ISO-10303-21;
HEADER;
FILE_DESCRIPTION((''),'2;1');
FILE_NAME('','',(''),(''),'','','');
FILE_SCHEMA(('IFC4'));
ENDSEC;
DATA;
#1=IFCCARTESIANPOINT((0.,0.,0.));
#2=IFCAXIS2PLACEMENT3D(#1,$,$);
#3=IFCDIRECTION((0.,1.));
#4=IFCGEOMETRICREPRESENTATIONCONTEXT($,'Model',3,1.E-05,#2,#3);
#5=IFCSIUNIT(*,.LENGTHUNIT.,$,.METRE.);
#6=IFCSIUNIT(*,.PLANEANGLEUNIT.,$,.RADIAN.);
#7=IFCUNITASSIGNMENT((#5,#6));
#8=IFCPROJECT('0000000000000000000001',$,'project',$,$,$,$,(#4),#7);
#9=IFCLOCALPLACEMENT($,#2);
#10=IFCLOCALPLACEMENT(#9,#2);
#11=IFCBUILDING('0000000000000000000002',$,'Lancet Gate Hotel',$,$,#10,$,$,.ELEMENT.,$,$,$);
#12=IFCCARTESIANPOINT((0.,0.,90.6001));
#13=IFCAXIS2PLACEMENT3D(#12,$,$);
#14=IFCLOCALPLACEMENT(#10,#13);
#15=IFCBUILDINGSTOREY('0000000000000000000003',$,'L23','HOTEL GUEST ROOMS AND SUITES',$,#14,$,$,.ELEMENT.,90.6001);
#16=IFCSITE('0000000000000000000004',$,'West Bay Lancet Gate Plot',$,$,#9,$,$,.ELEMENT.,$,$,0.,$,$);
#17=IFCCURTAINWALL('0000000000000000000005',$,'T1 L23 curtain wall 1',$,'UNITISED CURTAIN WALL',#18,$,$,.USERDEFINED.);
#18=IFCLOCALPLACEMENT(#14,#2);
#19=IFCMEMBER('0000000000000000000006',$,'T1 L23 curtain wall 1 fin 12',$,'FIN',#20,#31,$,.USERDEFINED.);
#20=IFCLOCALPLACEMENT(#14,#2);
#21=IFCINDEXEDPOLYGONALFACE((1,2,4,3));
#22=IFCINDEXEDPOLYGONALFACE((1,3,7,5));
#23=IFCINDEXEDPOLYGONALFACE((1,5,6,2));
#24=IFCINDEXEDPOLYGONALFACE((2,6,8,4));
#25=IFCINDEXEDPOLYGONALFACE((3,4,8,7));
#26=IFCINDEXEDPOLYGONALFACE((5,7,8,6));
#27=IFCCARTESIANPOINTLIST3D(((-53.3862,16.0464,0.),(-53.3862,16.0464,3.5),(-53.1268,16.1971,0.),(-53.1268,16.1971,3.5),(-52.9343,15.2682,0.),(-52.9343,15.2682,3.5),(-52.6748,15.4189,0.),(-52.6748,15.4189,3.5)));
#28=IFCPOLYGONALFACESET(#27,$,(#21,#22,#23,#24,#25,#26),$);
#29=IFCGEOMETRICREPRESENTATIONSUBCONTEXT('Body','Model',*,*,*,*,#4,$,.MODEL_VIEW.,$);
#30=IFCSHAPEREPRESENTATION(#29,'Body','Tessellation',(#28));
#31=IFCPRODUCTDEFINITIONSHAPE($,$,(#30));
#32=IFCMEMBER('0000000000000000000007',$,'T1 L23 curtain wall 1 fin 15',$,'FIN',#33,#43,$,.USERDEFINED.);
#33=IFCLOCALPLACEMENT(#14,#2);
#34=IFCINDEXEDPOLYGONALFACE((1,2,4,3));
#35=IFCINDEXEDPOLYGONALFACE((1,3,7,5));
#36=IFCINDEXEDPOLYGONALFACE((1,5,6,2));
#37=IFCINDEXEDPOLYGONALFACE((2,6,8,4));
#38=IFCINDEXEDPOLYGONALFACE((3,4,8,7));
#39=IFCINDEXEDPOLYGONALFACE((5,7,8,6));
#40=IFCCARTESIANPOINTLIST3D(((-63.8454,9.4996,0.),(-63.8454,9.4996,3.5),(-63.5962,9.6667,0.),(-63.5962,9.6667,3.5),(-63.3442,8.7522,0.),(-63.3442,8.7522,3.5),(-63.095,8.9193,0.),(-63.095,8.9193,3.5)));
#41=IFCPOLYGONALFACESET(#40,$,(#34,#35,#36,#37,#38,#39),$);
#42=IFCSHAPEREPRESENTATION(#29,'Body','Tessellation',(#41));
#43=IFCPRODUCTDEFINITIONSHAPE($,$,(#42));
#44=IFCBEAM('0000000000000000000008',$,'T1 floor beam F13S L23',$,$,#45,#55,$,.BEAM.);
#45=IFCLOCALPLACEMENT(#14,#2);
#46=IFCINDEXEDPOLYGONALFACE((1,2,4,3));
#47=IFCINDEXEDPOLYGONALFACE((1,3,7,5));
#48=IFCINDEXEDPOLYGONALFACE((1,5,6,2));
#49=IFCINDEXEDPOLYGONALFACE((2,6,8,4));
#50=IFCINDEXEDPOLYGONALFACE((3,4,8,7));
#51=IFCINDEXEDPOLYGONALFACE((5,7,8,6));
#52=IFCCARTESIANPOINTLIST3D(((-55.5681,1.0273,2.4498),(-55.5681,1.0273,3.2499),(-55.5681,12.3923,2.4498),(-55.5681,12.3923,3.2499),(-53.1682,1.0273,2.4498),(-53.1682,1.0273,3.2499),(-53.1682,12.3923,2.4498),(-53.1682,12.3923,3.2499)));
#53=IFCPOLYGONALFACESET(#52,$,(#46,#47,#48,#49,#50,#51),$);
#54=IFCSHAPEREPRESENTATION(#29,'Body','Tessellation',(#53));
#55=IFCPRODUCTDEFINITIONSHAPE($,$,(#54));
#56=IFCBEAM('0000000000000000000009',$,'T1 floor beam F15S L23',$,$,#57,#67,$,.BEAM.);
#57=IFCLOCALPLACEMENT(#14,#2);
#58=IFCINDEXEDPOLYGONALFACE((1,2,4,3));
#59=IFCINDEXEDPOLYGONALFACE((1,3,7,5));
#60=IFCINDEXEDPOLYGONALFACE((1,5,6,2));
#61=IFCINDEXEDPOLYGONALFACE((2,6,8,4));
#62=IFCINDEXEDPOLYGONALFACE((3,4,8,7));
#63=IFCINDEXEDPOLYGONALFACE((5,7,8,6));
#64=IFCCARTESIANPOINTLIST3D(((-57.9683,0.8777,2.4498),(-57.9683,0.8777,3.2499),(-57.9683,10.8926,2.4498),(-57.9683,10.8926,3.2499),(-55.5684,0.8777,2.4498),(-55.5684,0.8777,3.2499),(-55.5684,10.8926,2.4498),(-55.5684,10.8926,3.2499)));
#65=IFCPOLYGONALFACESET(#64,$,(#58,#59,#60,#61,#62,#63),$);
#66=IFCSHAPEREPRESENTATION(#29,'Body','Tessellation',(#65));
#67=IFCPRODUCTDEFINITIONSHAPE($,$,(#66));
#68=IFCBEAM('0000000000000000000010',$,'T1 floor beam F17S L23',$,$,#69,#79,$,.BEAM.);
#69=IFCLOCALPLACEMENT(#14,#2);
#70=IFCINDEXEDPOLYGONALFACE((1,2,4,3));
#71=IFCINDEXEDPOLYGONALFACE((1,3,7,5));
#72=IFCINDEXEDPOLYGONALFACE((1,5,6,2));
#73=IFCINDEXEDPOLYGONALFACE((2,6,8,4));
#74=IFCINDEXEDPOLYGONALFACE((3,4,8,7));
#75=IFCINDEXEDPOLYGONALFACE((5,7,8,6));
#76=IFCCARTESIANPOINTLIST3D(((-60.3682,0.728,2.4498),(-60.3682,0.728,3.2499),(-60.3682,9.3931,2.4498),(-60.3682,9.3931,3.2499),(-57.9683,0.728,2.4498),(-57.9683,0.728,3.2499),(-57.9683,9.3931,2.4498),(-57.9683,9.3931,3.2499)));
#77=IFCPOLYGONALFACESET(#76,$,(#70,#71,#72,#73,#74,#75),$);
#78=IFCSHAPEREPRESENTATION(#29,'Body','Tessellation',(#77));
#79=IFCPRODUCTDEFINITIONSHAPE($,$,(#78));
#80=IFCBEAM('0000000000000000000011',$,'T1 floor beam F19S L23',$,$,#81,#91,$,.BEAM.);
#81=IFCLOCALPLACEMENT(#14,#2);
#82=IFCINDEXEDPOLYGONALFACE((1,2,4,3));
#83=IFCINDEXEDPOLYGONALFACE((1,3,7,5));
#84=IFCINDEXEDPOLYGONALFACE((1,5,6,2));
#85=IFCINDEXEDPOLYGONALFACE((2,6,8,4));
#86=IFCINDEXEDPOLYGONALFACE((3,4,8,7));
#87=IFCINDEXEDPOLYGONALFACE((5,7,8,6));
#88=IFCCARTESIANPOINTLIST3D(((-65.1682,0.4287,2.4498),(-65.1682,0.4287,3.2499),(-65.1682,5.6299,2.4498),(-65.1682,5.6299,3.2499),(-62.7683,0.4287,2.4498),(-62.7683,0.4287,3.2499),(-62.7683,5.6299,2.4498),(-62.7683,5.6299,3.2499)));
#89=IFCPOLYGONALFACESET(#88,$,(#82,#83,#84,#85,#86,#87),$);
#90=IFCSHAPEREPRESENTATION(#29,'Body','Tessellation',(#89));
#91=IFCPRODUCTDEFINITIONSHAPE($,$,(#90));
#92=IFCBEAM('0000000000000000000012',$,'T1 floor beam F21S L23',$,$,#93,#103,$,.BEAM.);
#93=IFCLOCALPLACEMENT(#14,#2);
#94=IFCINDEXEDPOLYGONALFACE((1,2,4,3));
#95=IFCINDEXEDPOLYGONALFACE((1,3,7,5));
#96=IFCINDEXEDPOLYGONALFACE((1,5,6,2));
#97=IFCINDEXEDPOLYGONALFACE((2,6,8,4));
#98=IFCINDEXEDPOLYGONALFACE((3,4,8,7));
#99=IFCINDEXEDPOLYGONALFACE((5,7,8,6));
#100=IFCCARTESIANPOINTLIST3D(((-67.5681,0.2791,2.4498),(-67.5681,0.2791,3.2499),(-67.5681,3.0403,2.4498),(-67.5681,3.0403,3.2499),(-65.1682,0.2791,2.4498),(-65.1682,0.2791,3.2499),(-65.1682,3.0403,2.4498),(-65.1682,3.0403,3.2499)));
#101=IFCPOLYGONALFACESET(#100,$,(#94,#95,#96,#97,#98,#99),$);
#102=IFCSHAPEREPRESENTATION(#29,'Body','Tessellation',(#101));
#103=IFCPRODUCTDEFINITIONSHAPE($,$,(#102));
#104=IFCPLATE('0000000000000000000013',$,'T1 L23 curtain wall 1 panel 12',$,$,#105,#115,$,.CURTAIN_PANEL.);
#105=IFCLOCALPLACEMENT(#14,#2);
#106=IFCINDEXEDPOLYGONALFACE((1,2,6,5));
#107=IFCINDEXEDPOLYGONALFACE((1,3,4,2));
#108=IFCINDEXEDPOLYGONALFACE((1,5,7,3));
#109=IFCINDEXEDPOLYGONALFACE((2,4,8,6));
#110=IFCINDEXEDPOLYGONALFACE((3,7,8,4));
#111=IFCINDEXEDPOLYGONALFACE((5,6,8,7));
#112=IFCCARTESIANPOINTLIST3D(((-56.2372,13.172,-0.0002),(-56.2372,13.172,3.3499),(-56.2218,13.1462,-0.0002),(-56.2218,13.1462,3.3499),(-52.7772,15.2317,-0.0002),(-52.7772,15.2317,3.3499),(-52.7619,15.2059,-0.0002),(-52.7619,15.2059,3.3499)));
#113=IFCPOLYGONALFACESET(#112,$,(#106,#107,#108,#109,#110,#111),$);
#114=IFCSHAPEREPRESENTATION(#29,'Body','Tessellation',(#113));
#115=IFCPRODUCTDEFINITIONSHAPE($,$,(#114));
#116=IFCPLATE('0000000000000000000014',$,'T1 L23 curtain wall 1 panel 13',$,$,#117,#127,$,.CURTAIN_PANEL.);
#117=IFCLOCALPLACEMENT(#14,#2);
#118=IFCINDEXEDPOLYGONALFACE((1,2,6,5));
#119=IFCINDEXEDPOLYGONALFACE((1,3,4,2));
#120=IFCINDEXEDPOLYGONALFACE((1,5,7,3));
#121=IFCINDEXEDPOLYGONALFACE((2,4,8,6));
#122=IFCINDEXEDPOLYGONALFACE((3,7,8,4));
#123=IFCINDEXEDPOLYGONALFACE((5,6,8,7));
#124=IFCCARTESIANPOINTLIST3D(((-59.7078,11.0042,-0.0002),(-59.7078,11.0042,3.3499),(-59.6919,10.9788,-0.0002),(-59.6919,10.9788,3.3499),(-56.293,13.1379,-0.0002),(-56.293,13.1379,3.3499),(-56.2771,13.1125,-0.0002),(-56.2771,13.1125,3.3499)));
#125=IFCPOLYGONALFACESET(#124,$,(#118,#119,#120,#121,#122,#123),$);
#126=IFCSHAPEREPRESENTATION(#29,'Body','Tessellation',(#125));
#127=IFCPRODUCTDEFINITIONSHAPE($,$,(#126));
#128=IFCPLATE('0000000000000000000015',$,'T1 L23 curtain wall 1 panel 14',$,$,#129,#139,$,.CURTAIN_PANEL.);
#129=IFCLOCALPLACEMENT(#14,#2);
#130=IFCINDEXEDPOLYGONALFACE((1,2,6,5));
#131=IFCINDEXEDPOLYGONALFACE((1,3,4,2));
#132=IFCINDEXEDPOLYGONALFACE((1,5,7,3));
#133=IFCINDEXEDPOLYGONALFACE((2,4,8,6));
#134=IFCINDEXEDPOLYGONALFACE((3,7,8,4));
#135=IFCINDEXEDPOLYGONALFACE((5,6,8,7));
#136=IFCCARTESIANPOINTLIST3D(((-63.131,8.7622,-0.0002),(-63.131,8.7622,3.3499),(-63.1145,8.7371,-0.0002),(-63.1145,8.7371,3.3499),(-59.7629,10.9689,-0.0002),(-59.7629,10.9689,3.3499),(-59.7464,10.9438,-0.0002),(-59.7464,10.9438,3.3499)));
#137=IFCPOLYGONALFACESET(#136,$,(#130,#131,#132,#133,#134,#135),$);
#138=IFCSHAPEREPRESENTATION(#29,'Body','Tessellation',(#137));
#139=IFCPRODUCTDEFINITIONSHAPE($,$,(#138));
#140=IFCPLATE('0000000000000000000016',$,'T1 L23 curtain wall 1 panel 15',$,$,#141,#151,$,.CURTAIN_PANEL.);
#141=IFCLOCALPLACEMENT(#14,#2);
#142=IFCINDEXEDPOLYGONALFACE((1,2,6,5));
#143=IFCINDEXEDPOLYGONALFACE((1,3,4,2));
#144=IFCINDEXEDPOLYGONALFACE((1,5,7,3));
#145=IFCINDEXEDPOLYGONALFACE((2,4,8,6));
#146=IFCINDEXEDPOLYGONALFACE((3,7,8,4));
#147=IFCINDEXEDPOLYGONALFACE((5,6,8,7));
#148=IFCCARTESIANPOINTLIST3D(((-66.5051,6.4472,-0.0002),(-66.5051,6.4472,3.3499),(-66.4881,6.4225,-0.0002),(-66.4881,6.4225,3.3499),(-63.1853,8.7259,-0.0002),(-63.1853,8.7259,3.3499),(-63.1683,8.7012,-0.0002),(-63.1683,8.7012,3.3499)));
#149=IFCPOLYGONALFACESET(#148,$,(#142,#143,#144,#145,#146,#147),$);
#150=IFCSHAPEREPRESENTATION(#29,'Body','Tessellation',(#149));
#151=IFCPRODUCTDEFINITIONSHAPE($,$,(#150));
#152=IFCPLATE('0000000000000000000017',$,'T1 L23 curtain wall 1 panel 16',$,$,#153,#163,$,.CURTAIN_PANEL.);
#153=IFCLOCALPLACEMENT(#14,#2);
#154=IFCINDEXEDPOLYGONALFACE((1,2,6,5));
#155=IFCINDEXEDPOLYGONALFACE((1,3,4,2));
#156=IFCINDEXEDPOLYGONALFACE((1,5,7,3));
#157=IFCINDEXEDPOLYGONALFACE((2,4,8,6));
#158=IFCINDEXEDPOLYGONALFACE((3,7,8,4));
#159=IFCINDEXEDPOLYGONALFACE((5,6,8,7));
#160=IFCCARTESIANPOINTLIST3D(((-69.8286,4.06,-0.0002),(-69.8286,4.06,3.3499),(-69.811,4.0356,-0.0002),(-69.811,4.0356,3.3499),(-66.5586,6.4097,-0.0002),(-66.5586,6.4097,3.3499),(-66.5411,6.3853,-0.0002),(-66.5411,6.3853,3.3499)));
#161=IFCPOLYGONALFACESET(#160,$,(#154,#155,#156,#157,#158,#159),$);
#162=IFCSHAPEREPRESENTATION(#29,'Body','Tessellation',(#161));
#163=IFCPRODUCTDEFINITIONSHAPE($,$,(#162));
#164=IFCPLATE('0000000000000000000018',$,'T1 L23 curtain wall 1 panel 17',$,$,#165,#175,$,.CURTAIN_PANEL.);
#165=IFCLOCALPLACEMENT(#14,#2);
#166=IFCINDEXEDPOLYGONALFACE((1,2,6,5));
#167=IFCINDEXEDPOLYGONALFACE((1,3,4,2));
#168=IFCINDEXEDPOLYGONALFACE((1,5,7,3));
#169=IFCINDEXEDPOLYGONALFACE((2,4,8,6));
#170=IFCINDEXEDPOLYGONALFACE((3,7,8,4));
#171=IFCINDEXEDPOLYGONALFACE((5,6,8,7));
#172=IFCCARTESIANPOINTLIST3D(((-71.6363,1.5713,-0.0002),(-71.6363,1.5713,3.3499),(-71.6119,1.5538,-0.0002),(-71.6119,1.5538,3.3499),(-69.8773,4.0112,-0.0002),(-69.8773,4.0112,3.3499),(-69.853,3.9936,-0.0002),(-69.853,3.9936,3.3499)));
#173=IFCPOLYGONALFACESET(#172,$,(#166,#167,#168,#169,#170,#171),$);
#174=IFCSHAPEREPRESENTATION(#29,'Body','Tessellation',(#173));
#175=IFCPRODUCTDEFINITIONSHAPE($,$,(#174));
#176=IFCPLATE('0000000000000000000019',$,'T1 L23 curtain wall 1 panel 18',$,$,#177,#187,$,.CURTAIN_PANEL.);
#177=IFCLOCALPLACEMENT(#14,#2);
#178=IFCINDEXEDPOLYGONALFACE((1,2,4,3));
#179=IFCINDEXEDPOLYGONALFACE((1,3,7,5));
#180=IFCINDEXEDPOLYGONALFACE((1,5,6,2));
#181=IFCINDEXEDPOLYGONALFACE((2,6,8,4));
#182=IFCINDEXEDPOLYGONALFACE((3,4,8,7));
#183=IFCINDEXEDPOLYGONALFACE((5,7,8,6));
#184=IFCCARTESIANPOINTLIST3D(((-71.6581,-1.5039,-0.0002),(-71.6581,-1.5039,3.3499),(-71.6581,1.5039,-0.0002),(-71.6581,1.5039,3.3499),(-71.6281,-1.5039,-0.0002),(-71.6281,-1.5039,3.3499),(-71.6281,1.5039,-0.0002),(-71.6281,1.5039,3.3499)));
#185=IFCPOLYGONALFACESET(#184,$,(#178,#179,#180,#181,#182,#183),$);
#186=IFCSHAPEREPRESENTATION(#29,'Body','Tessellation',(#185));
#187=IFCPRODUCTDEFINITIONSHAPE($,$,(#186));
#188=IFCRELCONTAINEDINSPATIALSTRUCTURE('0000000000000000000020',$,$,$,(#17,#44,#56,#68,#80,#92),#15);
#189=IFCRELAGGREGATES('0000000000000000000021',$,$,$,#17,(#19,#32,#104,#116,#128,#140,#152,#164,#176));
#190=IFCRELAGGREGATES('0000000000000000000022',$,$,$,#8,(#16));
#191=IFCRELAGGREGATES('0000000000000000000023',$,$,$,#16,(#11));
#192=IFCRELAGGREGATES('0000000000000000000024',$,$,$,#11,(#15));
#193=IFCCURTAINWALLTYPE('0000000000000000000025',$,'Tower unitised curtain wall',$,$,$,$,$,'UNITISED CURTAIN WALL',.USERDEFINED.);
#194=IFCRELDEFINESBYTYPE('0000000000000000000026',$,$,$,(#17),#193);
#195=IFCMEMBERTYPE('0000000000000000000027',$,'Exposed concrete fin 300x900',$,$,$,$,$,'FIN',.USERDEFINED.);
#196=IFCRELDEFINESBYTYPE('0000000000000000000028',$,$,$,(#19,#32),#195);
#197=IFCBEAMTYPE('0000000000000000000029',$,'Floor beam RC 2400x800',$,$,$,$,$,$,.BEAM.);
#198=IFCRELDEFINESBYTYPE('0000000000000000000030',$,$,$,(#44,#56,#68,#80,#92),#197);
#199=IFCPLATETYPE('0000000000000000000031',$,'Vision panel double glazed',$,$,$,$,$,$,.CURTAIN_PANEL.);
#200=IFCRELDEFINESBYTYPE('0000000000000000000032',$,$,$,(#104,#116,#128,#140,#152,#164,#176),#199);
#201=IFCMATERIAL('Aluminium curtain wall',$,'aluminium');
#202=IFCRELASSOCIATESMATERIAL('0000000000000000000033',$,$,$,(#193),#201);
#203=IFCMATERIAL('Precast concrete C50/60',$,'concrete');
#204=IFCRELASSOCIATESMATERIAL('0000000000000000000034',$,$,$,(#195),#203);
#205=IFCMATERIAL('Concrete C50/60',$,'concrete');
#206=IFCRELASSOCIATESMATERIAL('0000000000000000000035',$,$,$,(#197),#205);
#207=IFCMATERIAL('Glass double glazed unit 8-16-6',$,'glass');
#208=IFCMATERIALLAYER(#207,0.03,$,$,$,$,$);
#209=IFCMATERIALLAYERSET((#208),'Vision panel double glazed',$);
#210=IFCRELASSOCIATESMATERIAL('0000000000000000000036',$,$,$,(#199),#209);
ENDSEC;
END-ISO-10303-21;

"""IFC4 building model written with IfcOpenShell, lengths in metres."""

from ifc_helpers import new_model, si_unit, direction, frame, origin, origin_2d, place, context, subcontext, project, spatial, rectangle, extrude, material, layer, layer_set, material_profile, profile_set, type_object, element, aggregate, save


model = new_model("IFC4")

# Units and contexts
model_context = context("Model", 3, precision=1e-05, world=origin(), true_north=direction((0.0, 1.0)))
body_context = subcontext(model_context, "Body", "Model", "MODEL_VIEW")
ifc_project = project(units=[si_unit("LENGTHUNIT", "METRE"), si_unit("PLANEANGLEUNIT", "RADIAN")], contexts=[model_context])

# Site, building, storey
site_placement = place(None, origin())
site = spatial("IfcSite", under=ifc_project, at=site_placement, Name="West Bay Lancet Gate Plot", CompositionType="ELEMENT", RefElevation=0.0)
building_placement = place(site_placement, origin())
building = spatial("IfcBuilding", under=site, at=building_placement, Name="Lancet Gate Hotel", CompositionType="ELEMENT")
storey_placement = place(building_placement, frame((0.0, 0.0, 90.6001)))
storey = spatial("IfcBuildingStorey", under=building, at=storey_placement, Name="L23", Description="HOTEL GUEST ROOMS AND SUITES", CompositionType="ELEMENT", Elevation=90.6001)

# Curtain wall
ifc_material_1 = material(Name="Aluminium curtain wall", Category="aluminium")
curtain_wall_type = type_object("IfcCurtainWallType", Name="Tower unitised curtain wall", ElementType="UNITISED CURTAIN WALL", PredefinedType="USERDEFINED", material=ifc_material_1)
curtain_wall_placement = place(storey_placement, origin())
curtain_wall = element("IfcCurtainWall", 1, at=curtain_wall_placement, inside=storey, type_object=curtain_wall_type, Name="T1 L23 curtain wall 1", ObjectType="UNITISED CURTAIN WALL", PredefinedType="USERDEFINED")

# Members
ifc_material_2 = material(Name="Precast concrete C50/60", Category="concrete")
ifc_material_profile_1 = material_profile(ifc_material_2, rectangle(XDim=0.3, YDim=0.8999, at=origin_2d()), Name="FIN 300x900")
ifc_profile_set_1 = profile_set([ifc_material_profile_1], Name="Precast concrete C50/60")
member_type_1 = type_object("IfcMemberType", Name="Exposed concrete fin 300x900", ElementType="FIN", PredefinedType="USERDEFINED", material=ifc_profile_set_1)
member_1_placement = place(storey_placement, frame((-53.0305, 15.7327, 0.0), z_axis=(0.0, 0.0, 1.0), x_axis=(-0.864728, -0.502241, 0.0)))
member_1 = element("IfcMember", 2, at=member_1_placement, type_object=member_type_1, Name="T1 L23 curtain wall 1 fin 12", ObjectType="FIN", PredefinedType="USERDEFINED", context=body_context, shape_type="SweptSolid", body=[
    extrude(rectangle(XDim=0.3, YDim=0.8999, at=origin_2d()), origin(), (0.0, 0.0, 1.0), 3.5),
])
member_2_placement = place(storey_placement, frame((-63.4702, 9.2095, 0.0), z_axis=(0.0, 0.0, 1.0), x_axis=(-0.83051, -0.557004, 0.0)))
member_2 = element("IfcMember", 3, at=member_2_placement, type_object=member_type_1, Name="T1 L23 curtain wall 1 fin 15", ObjectType="FIN", PredefinedType="USERDEFINED", context=body_context, shape_type="SweptSolid", body=[
    extrude(rectangle(XDim=0.3, YDim=0.8999, at=origin_2d()), origin(), (0.0, 0.0, 1.0), 3.5),
])

# Beams
ifc_material_3 = material(Name="Concrete C50/60", Category="concrete")
ifc_material_profile_2 = material_profile(ifc_material_3, rectangle(XDim=2.3999, YDim=0.8, at=origin_2d()), Name="RC 2400x800")
ifc_profile_set_2 = profile_set([ifc_material_profile_2], Name="Concrete C50/60")
beam_type_1 = type_object("IfcBeamType", Name="Floor beam RC 2400x800", PredefinedType="BEAM", material=ifc_profile_set_2)
beam_1_placement = place(storey_placement, frame((-54.3682, 12.3923, 2.8499), z_axis=(0.0, -1.0, 0.0), x_axis=(1.0, 0.0, 0.0)))
element("IfcBeam", 4, at=beam_1_placement, inside=storey, type_object=beam_type_1, Name="T1 floor beam F13S L23", PredefinedType="BEAM", context=body_context, shape_type="SweptSolid", body=[
    extrude(rectangle(XDim=2.3999, YDim=0.8, at=origin_2d()), origin(), (0.0, 0.0, 1.0), 11.365),
])
beam_2_placement = place(storey_placement, frame((-56.7683, 10.8926, 2.8499), z_axis=(0.0, -1.0, 0.0), x_axis=(1.0, 0.0, 0.0)))
element("IfcBeam", 5, at=beam_2_placement, inside=storey, type_object=beam_type_1, Name="T1 floor beam F15S L23", PredefinedType="BEAM", context=body_context, shape_type="SweptSolid", body=[
    extrude(rectangle(XDim=2.3999, YDim=0.8, at=origin_2d()), origin(), (0.0, 0.0, 1.0), 10.0149),
])
beam_3_placement = place(storey_placement, frame((-59.1682, 9.3931, 2.8499), z_axis=(0.0, -1.0, 0.0), x_axis=(1.0, 0.0, 0.0)))
element("IfcBeam", 6, at=beam_3_placement, inside=storey, type_object=beam_type_1, Name="T1 floor beam F17S L23", PredefinedType="BEAM", context=body_context, shape_type="SweptSolid", body=[
    extrude(rectangle(XDim=2.3999, YDim=0.8, at=origin_2d()), origin(), (0.0, 0.0, 1.0), 8.665),
])
beam_4_placement = place(storey_placement, frame((-63.9683, 5.6299, 2.8499), z_axis=(0.0, -1.0, 0.0), x_axis=(1.0, 0.0, 0.0)))
element("IfcBeam", 7, at=beam_4_placement, inside=storey, type_object=beam_type_1, Name="T1 floor beam F19S L23", PredefinedType="BEAM", context=body_context, shape_type="SweptSolid", body=[
    extrude(rectangle(XDim=2.3999, YDim=0.8, at=origin_2d()), origin(), (0.0, 0.0, 1.0), 5.2012),
])
beam_5_placement = place(storey_placement, frame((-66.3682, 3.0403, 2.8499), z_axis=(0.0, -1.0, 0.0), x_axis=(1.0, 0.0, 0.0)))
element("IfcBeam", 8, at=beam_5_placement, inside=storey, type_object=beam_type_1, Name="T1 floor beam F21S L23", PredefinedType="BEAM", context=body_context, shape_type="SweptSolid", body=[
    extrude(rectangle(XDim=2.3999, YDim=0.8, at=origin_2d()), origin(), (0.0, 0.0, 1.0), 2.7612),
])

# Plates
ifc_material_4 = material(Name="Glass double glazed unit 8-16-6", Category="glass")
ifc_layer_1 = layer(ifc_material_4, 0.03)
ifc_layer_set_1 = layer_set([ifc_layer_1], Name="Vision panel double glazed")
plate_type = type_object("IfcPlateType", Name="Vision panel double glazed", PredefinedType="CURTAIN_PANEL", material=ifc_layer_set_1)
plate_1_placement = place(storey_placement, frame((-54.4995, 14.189, -0.0002), z_axis=(0.0, 0.0, 1.0), x_axis=(-0.859271, -0.51152, 0.0)))
plate_1 = element("IfcPlate", 9, at=plate_1_placement, type_object=plate_type, Name="T1 L23 curtain wall 1 panel 12", PredefinedType="CURTAIN_PANEL", context=body_context, shape_type="SweptSolid", body=[
    extrude(rectangle(XDim=4.0266, YDim=0.03, at=origin_2d()), origin(), (0.0, 0.0, 1.0), 3.3501),
])
plate_2_placement = place(storey_placement, frame((-57.9924, 12.0583, -0.0002), z_axis=(0.0, 0.0, 1.0), x_axis=(-0.848061, -0.529899, 0.0)))
plate_2 = element("IfcPlate", 10, at=plate_2_placement, type_object=plate_type, Name="T1 L23 curtain wall 1 panel 13", PredefinedType="CURTAIN_PANEL", context=body_context, shape_type="SweptSolid", body=[
    extrude(rectangle(XDim=4.0266, YDim=0.03, at=origin_2d()), origin(), (0.0, 0.0, 1.0), 3.3501),
])
plate_3_placement = place(storey_placement, frame((-61.4387, 9.853, -0.0002), z_axis=(0.0, 0.0, 1.0), x_axis=(-0.836458, -0.548032, 0.0)))
plate_3 = element("IfcPlate", 11, at=plate_3_placement, type_object=plate_type, Name="T1 L23 curtain wall 1 panel 14", PredefinedType="CURTAIN_PANEL", context=body_context, shape_type="SweptSolid", body=[
    extrude(rectangle(XDim=4.0266, YDim=0.03, at=origin_2d()), origin(), (0.0, 0.0, 1.0), 3.3501),
])
plate_4_placement = place(storey_placement, frame((-64.8367, 7.5742, -0.0002), z_axis=(0.0, 0.0, 1.0), x_axis=(-0.824466, -0.565911, 0.0)))
plate_4 = element("IfcPlate", 12, at=plate_4_placement, type_object=plate_type, Name="T1 L23 curtain wall 1 panel 15", PredefinedType="CURTAIN_PANEL", context=body_context, shape_type="SweptSolid", body=[
    extrude(rectangle(XDim=4.0266, YDim=0.03, at=origin_2d()), origin(), (0.0, 0.0, 1.0), 3.3501),
])
plate_5_placement = place(storey_placement, frame((-68.1848, 5.2227, -0.0002), z_axis=(0.0, 0.0, 1.0), x_axis=(-0.812093, -0.583528, 0.0)))
plate_5 = element("IfcPlate", 13, at=plate_5_placement, type_object=plate_type, Name="T1 L23 curtain wall 1 panel 16", PredefinedType="CURTAIN_PANEL", context=body_context, shape_type="SweptSolid", body=[
    extrude(rectangle(XDim=4.0266, YDim=0.03, at=origin_2d()), origin(), (0.0, 0.0, 1.0), 3.3501),
])
plate_6_placement = place(storey_placement, frame((-70.7446, 2.7825, -0.0002), z_axis=(0.0, 0.0, 1.0), x_axis=(-0.584809, -0.811171, 0.0)))
plate_6 = element("IfcPlate", 14, at=plate_6_placement, type_object=plate_type, Name="T1 L23 curtain wall 1 panel 17", PredefinedType="CURTAIN_PANEL", context=body_context, shape_type="SweptSolid", body=[
    extrude(rectangle(XDim=3.0078, YDim=0.03, at=origin_2d()), origin(), (0.0, 0.0, 1.0), 3.3501),
])
plate_7_placement = place(storey_placement, frame((-71.6431, 0.0, -0.0002), z_axis=(0.0, 0.0, 1.0), x_axis=(0.0, -1.0, 0.0)))
plate_7 = element("IfcPlate", 15, at=plate_7_placement, type_object=plate_type, Name="T1 L23 curtain wall 1 panel 18", PredefinedType="CURTAIN_PANEL", context=body_context, shape_type="SweptSolid", body=[
    extrude(rectangle(XDim=3.0078, YDim=0.03, at=origin_2d()), origin(), (0.0, 0.0, 1.0), 3.3501),
])
aggregate(curtain_wall, [member_1, member_2, plate_1, plate_2, plate_3, plate_4, plate_5, plate_6, plate_7])

save(model, "model.ifc")
